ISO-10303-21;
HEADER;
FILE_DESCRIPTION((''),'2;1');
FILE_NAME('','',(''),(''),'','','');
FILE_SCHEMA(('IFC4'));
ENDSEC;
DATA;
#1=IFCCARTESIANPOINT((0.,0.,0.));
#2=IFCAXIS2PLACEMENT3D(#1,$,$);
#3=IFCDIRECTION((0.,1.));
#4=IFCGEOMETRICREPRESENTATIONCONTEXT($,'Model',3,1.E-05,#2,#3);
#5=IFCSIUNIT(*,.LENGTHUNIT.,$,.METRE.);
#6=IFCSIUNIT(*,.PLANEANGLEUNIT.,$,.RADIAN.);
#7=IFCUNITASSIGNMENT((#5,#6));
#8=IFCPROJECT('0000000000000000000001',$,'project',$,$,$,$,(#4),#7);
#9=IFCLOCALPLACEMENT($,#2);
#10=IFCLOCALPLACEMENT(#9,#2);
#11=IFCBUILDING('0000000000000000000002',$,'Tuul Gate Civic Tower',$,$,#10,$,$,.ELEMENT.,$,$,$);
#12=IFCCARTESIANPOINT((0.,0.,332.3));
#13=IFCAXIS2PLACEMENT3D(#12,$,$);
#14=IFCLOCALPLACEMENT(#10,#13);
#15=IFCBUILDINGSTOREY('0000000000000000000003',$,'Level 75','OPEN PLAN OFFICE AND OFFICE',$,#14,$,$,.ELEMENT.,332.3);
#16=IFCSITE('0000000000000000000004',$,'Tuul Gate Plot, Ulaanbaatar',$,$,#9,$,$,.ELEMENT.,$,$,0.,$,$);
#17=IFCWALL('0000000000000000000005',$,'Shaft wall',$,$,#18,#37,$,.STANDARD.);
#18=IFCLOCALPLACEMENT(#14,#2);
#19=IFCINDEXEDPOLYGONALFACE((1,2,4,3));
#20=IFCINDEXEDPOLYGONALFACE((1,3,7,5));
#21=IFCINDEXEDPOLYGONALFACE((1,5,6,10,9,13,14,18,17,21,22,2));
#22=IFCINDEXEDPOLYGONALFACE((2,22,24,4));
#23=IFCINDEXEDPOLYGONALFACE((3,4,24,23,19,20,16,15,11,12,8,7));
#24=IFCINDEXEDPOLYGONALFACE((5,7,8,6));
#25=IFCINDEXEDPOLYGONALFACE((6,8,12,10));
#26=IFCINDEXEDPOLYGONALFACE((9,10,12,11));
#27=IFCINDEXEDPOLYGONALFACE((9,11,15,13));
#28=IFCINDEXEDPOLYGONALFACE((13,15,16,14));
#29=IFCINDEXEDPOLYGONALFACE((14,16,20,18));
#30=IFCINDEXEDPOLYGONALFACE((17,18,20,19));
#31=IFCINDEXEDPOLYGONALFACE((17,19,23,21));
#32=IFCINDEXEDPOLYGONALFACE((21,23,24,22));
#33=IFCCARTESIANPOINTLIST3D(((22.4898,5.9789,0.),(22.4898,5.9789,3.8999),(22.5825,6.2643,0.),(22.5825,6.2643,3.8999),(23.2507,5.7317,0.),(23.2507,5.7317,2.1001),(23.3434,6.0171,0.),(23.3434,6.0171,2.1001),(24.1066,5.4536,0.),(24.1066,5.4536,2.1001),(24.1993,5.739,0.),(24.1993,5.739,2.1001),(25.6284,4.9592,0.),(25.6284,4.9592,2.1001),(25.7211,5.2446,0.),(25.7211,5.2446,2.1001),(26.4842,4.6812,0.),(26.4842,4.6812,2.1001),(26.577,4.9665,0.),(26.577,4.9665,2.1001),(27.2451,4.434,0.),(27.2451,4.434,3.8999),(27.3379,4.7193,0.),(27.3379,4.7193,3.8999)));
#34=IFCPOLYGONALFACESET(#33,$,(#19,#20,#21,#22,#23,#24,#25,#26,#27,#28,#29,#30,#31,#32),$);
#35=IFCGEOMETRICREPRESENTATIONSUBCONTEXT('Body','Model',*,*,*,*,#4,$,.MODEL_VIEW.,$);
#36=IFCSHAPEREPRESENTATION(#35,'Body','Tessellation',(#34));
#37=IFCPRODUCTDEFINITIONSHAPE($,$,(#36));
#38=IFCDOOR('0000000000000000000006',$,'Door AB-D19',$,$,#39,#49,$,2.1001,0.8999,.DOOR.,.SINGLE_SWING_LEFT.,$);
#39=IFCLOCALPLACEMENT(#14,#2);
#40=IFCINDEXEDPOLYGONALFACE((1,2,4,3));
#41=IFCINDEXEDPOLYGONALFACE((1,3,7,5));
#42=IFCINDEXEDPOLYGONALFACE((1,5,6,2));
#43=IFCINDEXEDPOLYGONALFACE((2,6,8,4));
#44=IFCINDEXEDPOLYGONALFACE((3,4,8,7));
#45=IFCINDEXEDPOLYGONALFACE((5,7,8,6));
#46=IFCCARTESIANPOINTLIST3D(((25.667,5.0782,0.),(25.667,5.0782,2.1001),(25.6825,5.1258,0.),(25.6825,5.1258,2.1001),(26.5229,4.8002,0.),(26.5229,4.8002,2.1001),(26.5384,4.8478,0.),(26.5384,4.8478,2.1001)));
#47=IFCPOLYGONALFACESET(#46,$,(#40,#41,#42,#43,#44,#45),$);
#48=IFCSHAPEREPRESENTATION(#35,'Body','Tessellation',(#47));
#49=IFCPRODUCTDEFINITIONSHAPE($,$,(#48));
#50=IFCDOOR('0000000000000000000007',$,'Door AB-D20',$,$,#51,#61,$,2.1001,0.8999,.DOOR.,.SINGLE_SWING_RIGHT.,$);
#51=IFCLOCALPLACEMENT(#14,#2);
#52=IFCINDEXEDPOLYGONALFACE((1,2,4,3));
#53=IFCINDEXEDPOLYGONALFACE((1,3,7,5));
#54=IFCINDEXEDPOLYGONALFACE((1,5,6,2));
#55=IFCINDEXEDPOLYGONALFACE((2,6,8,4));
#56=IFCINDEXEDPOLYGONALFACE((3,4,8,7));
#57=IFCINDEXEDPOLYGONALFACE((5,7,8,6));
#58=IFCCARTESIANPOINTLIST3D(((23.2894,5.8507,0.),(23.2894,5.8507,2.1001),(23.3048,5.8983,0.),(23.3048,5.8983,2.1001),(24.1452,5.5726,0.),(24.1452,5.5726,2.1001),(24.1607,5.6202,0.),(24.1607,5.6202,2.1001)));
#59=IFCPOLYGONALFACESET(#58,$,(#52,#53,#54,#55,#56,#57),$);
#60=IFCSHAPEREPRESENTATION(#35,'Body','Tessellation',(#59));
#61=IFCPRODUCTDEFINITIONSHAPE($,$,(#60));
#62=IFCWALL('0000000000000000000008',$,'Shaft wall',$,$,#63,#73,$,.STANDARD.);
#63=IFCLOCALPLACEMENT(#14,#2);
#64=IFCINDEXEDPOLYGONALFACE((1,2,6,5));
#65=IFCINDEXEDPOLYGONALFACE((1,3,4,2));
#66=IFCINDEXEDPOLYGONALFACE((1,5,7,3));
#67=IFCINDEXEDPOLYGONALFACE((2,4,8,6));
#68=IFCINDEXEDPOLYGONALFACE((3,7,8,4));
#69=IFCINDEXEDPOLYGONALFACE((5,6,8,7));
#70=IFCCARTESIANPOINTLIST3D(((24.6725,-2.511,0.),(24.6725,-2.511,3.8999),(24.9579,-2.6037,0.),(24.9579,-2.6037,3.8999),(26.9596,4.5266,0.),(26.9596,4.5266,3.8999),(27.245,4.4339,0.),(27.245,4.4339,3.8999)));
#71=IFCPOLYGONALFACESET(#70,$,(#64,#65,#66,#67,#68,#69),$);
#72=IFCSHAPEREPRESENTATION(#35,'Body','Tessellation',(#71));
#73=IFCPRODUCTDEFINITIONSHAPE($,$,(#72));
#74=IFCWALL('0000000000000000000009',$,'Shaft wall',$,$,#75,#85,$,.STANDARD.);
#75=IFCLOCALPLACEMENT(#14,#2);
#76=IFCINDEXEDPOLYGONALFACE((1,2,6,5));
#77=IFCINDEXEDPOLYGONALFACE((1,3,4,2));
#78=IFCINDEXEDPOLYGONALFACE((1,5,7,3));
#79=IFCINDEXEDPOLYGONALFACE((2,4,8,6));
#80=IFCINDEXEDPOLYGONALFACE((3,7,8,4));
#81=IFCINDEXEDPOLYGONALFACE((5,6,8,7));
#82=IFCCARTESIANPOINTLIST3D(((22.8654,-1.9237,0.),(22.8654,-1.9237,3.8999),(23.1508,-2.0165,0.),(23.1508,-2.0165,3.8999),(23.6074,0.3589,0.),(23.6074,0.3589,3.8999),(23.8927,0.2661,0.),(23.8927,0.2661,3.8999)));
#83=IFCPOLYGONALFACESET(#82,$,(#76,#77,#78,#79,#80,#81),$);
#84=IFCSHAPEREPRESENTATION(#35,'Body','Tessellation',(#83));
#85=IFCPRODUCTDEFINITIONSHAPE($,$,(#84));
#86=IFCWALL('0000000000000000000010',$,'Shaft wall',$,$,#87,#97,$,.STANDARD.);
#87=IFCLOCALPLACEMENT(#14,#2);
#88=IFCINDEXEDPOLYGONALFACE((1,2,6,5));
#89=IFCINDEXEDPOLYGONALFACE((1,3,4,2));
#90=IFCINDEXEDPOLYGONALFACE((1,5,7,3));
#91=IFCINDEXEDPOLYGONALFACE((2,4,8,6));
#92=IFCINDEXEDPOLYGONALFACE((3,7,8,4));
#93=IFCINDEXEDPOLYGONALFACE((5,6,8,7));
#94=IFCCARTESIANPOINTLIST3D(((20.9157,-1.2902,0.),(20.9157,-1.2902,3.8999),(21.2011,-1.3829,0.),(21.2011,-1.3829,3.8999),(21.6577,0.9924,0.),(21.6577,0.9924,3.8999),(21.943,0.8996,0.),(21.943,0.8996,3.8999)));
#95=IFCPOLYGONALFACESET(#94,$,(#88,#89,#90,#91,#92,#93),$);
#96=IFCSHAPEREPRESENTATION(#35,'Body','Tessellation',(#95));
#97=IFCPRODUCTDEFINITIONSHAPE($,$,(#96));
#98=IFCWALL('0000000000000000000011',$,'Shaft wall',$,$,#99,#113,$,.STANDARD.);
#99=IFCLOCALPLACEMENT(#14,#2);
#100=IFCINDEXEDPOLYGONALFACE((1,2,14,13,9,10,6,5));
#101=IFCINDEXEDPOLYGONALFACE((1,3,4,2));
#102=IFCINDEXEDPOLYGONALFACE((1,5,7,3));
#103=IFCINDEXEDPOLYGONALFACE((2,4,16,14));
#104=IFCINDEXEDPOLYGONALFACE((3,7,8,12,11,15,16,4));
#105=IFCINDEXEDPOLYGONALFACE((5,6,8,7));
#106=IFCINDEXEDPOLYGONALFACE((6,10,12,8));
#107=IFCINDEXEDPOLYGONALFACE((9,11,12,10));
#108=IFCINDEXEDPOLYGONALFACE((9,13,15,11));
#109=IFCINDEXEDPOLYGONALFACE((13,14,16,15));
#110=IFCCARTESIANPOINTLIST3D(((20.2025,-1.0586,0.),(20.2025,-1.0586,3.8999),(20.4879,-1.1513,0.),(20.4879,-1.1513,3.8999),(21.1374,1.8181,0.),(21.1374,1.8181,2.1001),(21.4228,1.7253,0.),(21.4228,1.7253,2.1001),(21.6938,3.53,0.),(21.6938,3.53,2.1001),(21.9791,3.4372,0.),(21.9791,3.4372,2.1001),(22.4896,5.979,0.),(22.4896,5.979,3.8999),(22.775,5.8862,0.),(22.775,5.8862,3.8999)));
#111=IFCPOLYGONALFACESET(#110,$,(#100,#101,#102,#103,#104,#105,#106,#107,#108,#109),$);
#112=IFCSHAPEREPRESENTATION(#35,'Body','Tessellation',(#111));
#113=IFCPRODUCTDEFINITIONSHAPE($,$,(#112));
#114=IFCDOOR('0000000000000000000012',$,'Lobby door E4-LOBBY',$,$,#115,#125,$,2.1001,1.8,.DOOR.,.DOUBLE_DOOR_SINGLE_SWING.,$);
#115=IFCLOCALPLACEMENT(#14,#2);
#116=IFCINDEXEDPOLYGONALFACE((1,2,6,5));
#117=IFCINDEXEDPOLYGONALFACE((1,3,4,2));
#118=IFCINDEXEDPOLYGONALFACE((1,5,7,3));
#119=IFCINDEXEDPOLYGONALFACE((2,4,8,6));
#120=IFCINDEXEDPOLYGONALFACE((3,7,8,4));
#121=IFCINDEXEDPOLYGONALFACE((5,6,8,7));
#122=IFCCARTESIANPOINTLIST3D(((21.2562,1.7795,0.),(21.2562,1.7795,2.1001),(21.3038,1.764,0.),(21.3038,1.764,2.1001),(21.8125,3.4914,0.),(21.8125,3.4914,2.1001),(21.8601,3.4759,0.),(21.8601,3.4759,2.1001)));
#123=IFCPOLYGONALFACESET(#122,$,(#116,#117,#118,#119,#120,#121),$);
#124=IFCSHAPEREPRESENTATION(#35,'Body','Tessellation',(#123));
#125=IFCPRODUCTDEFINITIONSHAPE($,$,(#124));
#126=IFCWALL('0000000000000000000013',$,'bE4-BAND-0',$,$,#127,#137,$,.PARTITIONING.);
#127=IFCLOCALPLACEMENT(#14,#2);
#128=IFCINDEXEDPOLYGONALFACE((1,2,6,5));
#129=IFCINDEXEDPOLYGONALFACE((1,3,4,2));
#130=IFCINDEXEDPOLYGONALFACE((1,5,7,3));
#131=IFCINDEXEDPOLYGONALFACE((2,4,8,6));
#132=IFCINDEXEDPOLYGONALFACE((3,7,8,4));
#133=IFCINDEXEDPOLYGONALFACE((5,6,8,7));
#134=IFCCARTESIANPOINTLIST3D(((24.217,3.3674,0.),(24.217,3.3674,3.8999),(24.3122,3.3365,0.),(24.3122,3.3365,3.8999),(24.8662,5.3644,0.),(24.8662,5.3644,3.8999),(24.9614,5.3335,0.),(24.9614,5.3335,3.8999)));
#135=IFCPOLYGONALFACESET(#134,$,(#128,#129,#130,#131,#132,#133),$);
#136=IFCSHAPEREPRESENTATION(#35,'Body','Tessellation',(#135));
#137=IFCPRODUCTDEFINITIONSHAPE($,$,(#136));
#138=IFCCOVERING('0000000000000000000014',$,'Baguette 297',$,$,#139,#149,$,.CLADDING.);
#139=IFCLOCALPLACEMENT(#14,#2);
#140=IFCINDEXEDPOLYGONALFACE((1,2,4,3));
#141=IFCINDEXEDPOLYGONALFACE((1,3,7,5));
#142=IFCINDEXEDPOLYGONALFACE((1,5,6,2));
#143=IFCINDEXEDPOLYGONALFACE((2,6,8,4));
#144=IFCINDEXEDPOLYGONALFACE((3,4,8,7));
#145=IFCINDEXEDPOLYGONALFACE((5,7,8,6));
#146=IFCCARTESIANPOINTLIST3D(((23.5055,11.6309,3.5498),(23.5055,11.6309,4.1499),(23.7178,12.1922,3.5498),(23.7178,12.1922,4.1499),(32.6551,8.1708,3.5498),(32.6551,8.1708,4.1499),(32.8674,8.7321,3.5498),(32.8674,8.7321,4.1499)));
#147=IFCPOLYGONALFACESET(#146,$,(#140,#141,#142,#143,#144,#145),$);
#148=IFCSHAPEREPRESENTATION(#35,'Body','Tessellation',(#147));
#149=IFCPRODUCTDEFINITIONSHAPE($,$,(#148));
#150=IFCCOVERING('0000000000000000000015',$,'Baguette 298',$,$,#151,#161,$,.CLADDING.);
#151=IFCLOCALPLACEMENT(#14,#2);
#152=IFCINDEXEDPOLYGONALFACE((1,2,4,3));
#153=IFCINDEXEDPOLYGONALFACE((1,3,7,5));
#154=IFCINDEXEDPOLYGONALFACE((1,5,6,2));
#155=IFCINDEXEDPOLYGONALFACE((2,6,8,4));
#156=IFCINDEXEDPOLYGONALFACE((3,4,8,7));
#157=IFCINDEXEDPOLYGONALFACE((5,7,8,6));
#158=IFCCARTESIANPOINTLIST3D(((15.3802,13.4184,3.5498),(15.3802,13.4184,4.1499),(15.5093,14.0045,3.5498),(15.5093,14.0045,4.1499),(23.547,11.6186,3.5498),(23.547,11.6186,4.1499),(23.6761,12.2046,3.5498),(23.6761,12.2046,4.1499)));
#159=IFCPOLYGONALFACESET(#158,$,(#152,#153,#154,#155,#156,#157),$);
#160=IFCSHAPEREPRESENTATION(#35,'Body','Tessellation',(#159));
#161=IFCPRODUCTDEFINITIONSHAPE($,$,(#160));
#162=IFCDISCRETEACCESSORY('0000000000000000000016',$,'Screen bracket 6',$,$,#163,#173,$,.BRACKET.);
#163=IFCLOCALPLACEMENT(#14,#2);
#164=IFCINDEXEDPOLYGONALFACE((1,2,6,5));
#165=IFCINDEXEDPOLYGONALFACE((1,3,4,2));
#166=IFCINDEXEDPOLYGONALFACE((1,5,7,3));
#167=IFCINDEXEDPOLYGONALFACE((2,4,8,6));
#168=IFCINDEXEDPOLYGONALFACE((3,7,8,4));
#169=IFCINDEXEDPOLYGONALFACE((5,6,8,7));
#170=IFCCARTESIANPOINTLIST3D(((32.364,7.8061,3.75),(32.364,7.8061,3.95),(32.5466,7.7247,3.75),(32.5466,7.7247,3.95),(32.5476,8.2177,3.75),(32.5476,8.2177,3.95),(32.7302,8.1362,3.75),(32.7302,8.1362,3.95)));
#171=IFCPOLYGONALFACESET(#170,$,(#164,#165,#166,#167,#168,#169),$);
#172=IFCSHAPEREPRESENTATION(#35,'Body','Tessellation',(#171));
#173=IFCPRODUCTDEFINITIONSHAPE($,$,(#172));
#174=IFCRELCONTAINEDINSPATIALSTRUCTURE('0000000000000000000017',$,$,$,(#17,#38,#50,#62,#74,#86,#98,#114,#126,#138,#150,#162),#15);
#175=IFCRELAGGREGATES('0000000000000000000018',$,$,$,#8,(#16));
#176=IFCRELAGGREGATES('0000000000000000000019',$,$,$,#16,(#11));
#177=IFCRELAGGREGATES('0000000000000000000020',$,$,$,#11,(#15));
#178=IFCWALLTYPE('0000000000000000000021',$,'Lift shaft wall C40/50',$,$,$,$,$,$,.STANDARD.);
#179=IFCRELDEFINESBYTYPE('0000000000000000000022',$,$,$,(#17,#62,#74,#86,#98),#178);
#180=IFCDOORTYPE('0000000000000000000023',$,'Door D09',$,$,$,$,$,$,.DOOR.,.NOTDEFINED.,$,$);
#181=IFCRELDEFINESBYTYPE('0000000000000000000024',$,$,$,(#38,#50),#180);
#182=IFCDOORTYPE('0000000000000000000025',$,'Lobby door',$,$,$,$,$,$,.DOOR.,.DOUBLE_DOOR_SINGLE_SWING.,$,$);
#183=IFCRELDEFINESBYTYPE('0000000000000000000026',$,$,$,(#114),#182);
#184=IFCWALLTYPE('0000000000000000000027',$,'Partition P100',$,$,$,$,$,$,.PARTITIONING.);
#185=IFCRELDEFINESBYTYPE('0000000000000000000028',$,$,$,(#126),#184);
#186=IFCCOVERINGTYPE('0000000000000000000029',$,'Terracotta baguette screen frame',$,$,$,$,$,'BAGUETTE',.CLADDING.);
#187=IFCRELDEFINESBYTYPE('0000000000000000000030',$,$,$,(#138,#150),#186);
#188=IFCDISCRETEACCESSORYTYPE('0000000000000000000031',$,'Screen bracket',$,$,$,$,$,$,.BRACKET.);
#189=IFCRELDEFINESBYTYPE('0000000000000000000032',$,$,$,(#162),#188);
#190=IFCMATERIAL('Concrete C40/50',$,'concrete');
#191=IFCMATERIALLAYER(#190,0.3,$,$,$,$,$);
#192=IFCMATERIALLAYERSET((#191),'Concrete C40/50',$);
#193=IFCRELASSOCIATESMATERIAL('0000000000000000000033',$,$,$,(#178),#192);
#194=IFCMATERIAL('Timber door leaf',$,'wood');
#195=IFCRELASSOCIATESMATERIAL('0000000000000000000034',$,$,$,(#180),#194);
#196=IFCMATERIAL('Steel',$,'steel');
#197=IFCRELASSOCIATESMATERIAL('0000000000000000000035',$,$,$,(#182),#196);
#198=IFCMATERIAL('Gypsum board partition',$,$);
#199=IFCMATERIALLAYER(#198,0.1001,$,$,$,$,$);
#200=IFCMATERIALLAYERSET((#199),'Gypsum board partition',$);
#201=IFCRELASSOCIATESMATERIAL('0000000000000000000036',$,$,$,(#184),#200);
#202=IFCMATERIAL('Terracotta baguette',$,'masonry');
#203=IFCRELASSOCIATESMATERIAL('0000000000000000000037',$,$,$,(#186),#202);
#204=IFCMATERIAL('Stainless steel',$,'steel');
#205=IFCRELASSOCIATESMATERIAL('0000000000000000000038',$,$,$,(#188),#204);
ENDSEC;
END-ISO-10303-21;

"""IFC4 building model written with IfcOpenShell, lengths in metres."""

from ifc_helpers import new_model, si_unit, direction, frame, frame_2d, origin, origin_2d, place, context, subcontext, project, spatial, rectangle, extrude, material, layer, layer_set, material_profile, profile_set, type_object, element, fill, save


model = new_model("IFC4")

# Units and contexts
model_context = context("Model", 3, precision=1e-05, world=origin(), true_north=direction((0.0, 1.0)))
body_context = subcontext(model_context, "Body", "Model", "MODEL_VIEW")
ifc_project = project(units=[si_unit("LENGTHUNIT", "METRE"), si_unit("PLANEANGLEUNIT", "RADIAN")], contexts=[model_context])

# Site, building, storey
site_placement = place(None, origin())
site = spatial("IfcSite", under=ifc_project, at=site_placement, Name="Tuul Gate Plot, Ulaanbaatar", CompositionType="ELEMENT", RefElevation=0.0)
building_placement = place(site_placement, origin())
building = spatial("IfcBuilding", under=site, at=building_placement, Name="Tuul Gate Civic Tower", CompositionType="ELEMENT")
storey_placement = place(building_placement, frame((0.0, 0.0, 332.3)))
storey = spatial("IfcBuildingStorey", under=building, at=storey_placement, Name="Level 75", Description="OPEN PLAN OFFICE AND OFFICE", CompositionType="ELEMENT", Elevation=332.3)

# Shared definitions
ifc_material_1 = material(Name="Concrete C40/50", Category="concrete")
ifc_layer_1 = layer(ifc_material_1, 0.3)
ifc_layer_set_1 = layer_set([ifc_layer_1], Name="Concrete C40/50")
wall_type_1 = type_object("IfcWallType", Name="Lift shaft wall C40/50", PredefinedType="STANDARD", material=ifc_layer_set_1)

# Wall, openings, doors
wall_1_placement = place(storey_placement, frame((27.2915, 4.5767, 0.0), z_axis=(0.0, 0.0, 1.0), x_axis=(-0.951068, 0.308982, 0.0)))
wall_1 = element("IfcWall", 1, at=wall_1_placement, inside=storey, type_object=wall_type_1, Name="Shaft wall", PredefinedType="STANDARD", context=body_context, shape_type="SweptSolid", body=[
    extrude(rectangle(XDim=5.0, YDim=0.3, at=frame_2d((2.5, 0.0))), origin(), (0.0, 0.0, 1.0), 3.8999),
])
opening_1_placement = place(wall_1_placement, frame((0.8, 0.0, 0.0)))
opening_1 = element("IfcOpeningElement", 2, at=opening_1_placement, cuts=wall_1, PredefinedType="OPENING", context=body_context, shape_type="SweptSolid", body=[
    extrude(rectangle(XDim=0.8999, YDim=2.1001, at=frame_2d((0.45, 1.05))), frame((0.0, 0.1602, 0.0), z_axis=(0.0, -1.0, 0.0), x_axis=(1.0, 0.0, 0.0)), (0.0, 0.0, 1.0), 0.3201),
])
opening_2_placement = place(wall_1_placement, frame((3.3, 0.0, 0.0)))
opening_2 = element("IfcOpeningElement", 3, at=opening_2_placement, cuts=wall_1, PredefinedType="OPENING", context=body_context, shape_type="SweptSolid", body=[
    extrude(rectangle(XDim=0.8999, YDim=2.1001, at=frame_2d((0.45, 1.05))), frame((0.0, 0.1602, 0.0), z_axis=(0.0, -1.0, 0.0), x_axis=(1.0, 0.0, 0.0)), (0.0, 0.0, 1.0), 0.3201),
])
ifc_material_2 = material(Name="Timber door leaf", Category="wood")
door_type_1 = type_object("IfcDoorType", Name="Door D09", OperationType="NOTDEFINED", PredefinedType="DOOR", material=ifc_material_2)
door_1_placement = place(opening_1_placement, origin())
door_1 = element("IfcDoor", 4, at=door_1_placement, inside=storey, type_object=door_type_1, Name="Door AB-D19", OperationType="SINGLE_SWING_LEFT", OverallHeight=2.1001, OverallWidth=0.8999, PredefinedType="DOOR", context=body_context, shape_type="SweptSolid", body=[
    extrude(rectangle(XDim=0.8999, YDim=2.1001, at=frame_2d((0.45, 1.05))), frame((0.0, 0.0249, 0.0), z_axis=(0.0, -1.0, 0.0), x_axis=(1.0, 0.0, 0.0)), (0.0, 0.0, 1.0), 0.05),
])
fill(opening_1, door_1)
door_2_placement = place(opening_2_placement, origin())
door_2 = element("IfcDoor", 5, at=door_2_placement, inside=storey, type_object=door_type_1, Name="Door AB-D20", OperationType="SINGLE_SWING_RIGHT", OverallHeight=2.1001, OverallWidth=0.8999, PredefinedType="DOOR", context=body_context, shape_type="SweptSolid", body=[
    extrude(rectangle(XDim=0.8999, YDim=2.1001, at=frame_2d((0.45, 1.05))), frame((0.0, 0.0249, 0.0), z_axis=(0.0, -1.0, 0.0), x_axis=(1.0, 0.0, 0.0)), (0.0, 0.0, 1.0), 0.05),
])
fill(opening_2, door_2)

# Walls
wall_2_placement = place(storey_placement, frame((24.8152, -2.5574, 0.0), z_axis=(0.0, 0.0, 1.0), x_axis=(0.309073, 0.951038, 0.0)))
element("IfcWall", 6, at=wall_2_placement, inside=storey, type_object=wall_type_1, Name="Shaft wall", PredefinedType="STANDARD", context=body_context, shape_type="SweptSolid", body=[
    extrude(rectangle(XDim=7.3999, YDim=0.3, at=frame_2d((3.7, 0.0))), origin(), (0.0, 0.0, 1.0), 3.8999),
])
for number, where, z_axis, x_axis, name in (
    (7, (23.0081, -1.9702, 0.0), (0.0, 0.0, 1.0), (0.309139, 0.951017, 0.0), "Shaft wall"),
    (8, (21.0583, -1.3367, 0.0), (0.0, 0.0, 1.0), (0.309139, 0.951017, 0.0), "Shaft wall"),
):
    element("IfcWall", number, at=place(storey_placement, frame(where, z_axis=z_axis, x_axis=x_axis)), inside=storey, type_object=wall_type_1, Name=name, PredefinedType="STANDARD", context=body_context, shape_type="SweptSolid", body=[
        extrude(rectangle(XDim=2.4001, YDim=0.3, at=frame_2d((1.2002, 0.0))), origin(), (0.0, 0.0, 1.0), 3.8999),
    ])

# Wall, opening, door
wall_3_placement = place(storey_placement, frame((20.3452, -1.105, 0.0), z_axis=(0.0, 0.0, 1.0), x_axis=(0.309073, 0.951038, 0.0)))
wall_3 = element("IfcWall", 9, at=wall_3_placement, inside=storey, type_object=wall_type_1, Name="Shaft wall", PredefinedType="STANDARD", context=body_context, shape_type="SweptSolid", body=[
    extrude(rectangle(XDim=7.3999, YDim=0.3, at=frame_2d((3.7, 0.0))), origin(), (0.0, 0.0, 1.0), 3.8999),
])
opening_3_placement = place(wall_3_placement, frame((3.0249, 0.0, 0.0)))
opening_3 = element("IfcOpeningElement", 10, at=opening_3_placement, cuts=wall_3, PredefinedType="OPENING", context=body_context, shape_type="SweptSolid", body=[
    extrude(rectangle(XDim=1.8, YDim=2.1001, at=frame_2d((0.8999, 1.05))), frame((0.0, 0.1602, 0.0), z_axis=(0.0, -1.0, 0.0), x_axis=(1.0, 0.0, 0.0)), (0.0, 0.0, 1.0), 0.3201),
])
ifc_material_3 = material(Name="Steel", Category="steel")
door_type_2 = type_object("IfcDoorType", Name="Lobby door", OperationType="DOUBLE_DOOR_SINGLE_SWING", PredefinedType="DOOR", material=ifc_material_3)
door_3_placement = place(opening_3_placement, frame((1.8, 0.0, 0.0), z_axis=(0.0, 0.0, 1.0), x_axis=(-1.0, 0.0, 0.0)))
door_3 = element("IfcDoor", 11, at=door_3_placement, inside=storey, type_object=door_type_2, Name="Lobby door E4-LOBBY", OperationType="DOUBLE_DOOR_SINGLE_SWING", OverallHeight=2.1001, OverallWidth=1.8, PredefinedType="DOOR", context=body_context, shape_type="SweptSolid", body=[
    extrude(rectangle(XDim=1.8, YDim=2.1001, at=frame_2d((0.9001, 1.05))), frame((0.0, 0.0249, 0.0), z_axis=(0.0, -1.0, 0.0), x_axis=(1.0, 0.0, 0.0)), (0.0, 0.0, 1.0), 0.05),
])
fill(opening_3, door_3)

# Wall
ifc_material_4 = material(Name="Gypsum board partition")
ifc_layer_2 = layer(ifc_material_4, 0.1001)
ifc_layer_set_2 = layer_set([ifc_layer_2], Name="Gypsum board partition")
wall_type_2 = type_object("IfcWallType", Name="Partition P100", PredefinedType="PARTITIONING", material=ifc_layer_set_2)
wall_4_placement = place(storey_placement, frame((24.2646, 3.3521, 0.0), z_axis=(0.0, 0.0, 1.0), x_axis=(0.309139, 0.951017, 0.0)))
element("IfcWall", 12, at=wall_4_placement, inside=storey, type_object=wall_type_2, Name="bE4-BAND-0", PredefinedType="PARTITIONING", context=body_context, shape_type="SweptSolid", body=[
    extrude(rectangle(XDim=2.0999, YDim=0.1001, at=frame_2d((1.0498, 0.0))), origin(), (0.0, 0.0, 1.0), 3.8999),
])

# Coverings
ifc_material_5 = material(Name="Terracotta baguette", Category="masonry")
ifc_material_profile_1 = material_profile(ifc_material_5, rectangle(XDim=0.6001, YDim=0.6001, at=origin_2d()), Name="Terracotta baguette screen frame")
ifc_profile_set_1 = profile_set([ifc_material_profile_1], Name="Terracotta baguette")
covering_type = type_object("IfcCoveringType", Name="Terracotta baguette screen frame", ElementType="BAGUETTE", PredefinedType="CLADDING", material=ifc_profile_set_1)
covering_1_placement = place(storey_placement, frame((32.7612, 8.4514, 3.8499), z_axis=(-0.935348, 0.353729, 0.0), x_axis=(-0.353729, -0.935348, 0.0)))
element("IfcCovering", 13, at=covering_1_placement, inside=storey, type_object=covering_type, Name="Baguette 297", PredefinedType="CLADDING", context=body_context, shape_type="SweptSolid", body=[
    extrude(rectangle(XDim=0.6001, YDim=0.6001, at=origin_2d()), origin(), (0.0, 0.0, 1.0), 9.782),
])
covering_2_placement = place(storey_placement, frame((23.6116, 11.9116, 3.8499), z_axis=(-0.976566, 0.215218, 0.0), x_axis=(-0.215218, -0.976566, 0.0)))
element("IfcCovering", 14, at=covering_2_placement, inside=storey, type_object=covering_type, Name="Baguette 298", PredefinedType="CLADDING", context=body_context, shape_type="SweptSolid", body=[
    extrude(rectangle(XDim=0.6001, YDim=0.6001, at=origin_2d()), origin(), (0.0, 0.0, 1.0), 8.3628),
])

# Discrete accessory
ifc_material_6 = material(Name="Stainless steel", Category="steel")
discrete_accessory_type = type_object("IfcDiscreteAccessoryType", Name="Screen bracket", PredefinedType="BRACKET", material=ifc_material_6)
discrete_accessory_placement = place(storey_placement, frame((32.5471, 7.9712, 3.75), z_axis=(0.0, 0.0, 1.0), x_axis=(0.407425, 0.913239, 0.0)))
element("IfcDiscreteAccessory", 15, at=discrete_accessory_placement, inside=storey, type_object=discrete_accessory_type, Name="Screen bracket 6", PredefinedType="BRACKET", context=body_context, shape_type="SweptSolid", body=[
    extrude(rectangle(XDim=0.4507, YDim=0.2, at=origin_2d()), origin(), (0.0, 0.0, 1.0), 0.2),
])

save(model, "model.ifc")
